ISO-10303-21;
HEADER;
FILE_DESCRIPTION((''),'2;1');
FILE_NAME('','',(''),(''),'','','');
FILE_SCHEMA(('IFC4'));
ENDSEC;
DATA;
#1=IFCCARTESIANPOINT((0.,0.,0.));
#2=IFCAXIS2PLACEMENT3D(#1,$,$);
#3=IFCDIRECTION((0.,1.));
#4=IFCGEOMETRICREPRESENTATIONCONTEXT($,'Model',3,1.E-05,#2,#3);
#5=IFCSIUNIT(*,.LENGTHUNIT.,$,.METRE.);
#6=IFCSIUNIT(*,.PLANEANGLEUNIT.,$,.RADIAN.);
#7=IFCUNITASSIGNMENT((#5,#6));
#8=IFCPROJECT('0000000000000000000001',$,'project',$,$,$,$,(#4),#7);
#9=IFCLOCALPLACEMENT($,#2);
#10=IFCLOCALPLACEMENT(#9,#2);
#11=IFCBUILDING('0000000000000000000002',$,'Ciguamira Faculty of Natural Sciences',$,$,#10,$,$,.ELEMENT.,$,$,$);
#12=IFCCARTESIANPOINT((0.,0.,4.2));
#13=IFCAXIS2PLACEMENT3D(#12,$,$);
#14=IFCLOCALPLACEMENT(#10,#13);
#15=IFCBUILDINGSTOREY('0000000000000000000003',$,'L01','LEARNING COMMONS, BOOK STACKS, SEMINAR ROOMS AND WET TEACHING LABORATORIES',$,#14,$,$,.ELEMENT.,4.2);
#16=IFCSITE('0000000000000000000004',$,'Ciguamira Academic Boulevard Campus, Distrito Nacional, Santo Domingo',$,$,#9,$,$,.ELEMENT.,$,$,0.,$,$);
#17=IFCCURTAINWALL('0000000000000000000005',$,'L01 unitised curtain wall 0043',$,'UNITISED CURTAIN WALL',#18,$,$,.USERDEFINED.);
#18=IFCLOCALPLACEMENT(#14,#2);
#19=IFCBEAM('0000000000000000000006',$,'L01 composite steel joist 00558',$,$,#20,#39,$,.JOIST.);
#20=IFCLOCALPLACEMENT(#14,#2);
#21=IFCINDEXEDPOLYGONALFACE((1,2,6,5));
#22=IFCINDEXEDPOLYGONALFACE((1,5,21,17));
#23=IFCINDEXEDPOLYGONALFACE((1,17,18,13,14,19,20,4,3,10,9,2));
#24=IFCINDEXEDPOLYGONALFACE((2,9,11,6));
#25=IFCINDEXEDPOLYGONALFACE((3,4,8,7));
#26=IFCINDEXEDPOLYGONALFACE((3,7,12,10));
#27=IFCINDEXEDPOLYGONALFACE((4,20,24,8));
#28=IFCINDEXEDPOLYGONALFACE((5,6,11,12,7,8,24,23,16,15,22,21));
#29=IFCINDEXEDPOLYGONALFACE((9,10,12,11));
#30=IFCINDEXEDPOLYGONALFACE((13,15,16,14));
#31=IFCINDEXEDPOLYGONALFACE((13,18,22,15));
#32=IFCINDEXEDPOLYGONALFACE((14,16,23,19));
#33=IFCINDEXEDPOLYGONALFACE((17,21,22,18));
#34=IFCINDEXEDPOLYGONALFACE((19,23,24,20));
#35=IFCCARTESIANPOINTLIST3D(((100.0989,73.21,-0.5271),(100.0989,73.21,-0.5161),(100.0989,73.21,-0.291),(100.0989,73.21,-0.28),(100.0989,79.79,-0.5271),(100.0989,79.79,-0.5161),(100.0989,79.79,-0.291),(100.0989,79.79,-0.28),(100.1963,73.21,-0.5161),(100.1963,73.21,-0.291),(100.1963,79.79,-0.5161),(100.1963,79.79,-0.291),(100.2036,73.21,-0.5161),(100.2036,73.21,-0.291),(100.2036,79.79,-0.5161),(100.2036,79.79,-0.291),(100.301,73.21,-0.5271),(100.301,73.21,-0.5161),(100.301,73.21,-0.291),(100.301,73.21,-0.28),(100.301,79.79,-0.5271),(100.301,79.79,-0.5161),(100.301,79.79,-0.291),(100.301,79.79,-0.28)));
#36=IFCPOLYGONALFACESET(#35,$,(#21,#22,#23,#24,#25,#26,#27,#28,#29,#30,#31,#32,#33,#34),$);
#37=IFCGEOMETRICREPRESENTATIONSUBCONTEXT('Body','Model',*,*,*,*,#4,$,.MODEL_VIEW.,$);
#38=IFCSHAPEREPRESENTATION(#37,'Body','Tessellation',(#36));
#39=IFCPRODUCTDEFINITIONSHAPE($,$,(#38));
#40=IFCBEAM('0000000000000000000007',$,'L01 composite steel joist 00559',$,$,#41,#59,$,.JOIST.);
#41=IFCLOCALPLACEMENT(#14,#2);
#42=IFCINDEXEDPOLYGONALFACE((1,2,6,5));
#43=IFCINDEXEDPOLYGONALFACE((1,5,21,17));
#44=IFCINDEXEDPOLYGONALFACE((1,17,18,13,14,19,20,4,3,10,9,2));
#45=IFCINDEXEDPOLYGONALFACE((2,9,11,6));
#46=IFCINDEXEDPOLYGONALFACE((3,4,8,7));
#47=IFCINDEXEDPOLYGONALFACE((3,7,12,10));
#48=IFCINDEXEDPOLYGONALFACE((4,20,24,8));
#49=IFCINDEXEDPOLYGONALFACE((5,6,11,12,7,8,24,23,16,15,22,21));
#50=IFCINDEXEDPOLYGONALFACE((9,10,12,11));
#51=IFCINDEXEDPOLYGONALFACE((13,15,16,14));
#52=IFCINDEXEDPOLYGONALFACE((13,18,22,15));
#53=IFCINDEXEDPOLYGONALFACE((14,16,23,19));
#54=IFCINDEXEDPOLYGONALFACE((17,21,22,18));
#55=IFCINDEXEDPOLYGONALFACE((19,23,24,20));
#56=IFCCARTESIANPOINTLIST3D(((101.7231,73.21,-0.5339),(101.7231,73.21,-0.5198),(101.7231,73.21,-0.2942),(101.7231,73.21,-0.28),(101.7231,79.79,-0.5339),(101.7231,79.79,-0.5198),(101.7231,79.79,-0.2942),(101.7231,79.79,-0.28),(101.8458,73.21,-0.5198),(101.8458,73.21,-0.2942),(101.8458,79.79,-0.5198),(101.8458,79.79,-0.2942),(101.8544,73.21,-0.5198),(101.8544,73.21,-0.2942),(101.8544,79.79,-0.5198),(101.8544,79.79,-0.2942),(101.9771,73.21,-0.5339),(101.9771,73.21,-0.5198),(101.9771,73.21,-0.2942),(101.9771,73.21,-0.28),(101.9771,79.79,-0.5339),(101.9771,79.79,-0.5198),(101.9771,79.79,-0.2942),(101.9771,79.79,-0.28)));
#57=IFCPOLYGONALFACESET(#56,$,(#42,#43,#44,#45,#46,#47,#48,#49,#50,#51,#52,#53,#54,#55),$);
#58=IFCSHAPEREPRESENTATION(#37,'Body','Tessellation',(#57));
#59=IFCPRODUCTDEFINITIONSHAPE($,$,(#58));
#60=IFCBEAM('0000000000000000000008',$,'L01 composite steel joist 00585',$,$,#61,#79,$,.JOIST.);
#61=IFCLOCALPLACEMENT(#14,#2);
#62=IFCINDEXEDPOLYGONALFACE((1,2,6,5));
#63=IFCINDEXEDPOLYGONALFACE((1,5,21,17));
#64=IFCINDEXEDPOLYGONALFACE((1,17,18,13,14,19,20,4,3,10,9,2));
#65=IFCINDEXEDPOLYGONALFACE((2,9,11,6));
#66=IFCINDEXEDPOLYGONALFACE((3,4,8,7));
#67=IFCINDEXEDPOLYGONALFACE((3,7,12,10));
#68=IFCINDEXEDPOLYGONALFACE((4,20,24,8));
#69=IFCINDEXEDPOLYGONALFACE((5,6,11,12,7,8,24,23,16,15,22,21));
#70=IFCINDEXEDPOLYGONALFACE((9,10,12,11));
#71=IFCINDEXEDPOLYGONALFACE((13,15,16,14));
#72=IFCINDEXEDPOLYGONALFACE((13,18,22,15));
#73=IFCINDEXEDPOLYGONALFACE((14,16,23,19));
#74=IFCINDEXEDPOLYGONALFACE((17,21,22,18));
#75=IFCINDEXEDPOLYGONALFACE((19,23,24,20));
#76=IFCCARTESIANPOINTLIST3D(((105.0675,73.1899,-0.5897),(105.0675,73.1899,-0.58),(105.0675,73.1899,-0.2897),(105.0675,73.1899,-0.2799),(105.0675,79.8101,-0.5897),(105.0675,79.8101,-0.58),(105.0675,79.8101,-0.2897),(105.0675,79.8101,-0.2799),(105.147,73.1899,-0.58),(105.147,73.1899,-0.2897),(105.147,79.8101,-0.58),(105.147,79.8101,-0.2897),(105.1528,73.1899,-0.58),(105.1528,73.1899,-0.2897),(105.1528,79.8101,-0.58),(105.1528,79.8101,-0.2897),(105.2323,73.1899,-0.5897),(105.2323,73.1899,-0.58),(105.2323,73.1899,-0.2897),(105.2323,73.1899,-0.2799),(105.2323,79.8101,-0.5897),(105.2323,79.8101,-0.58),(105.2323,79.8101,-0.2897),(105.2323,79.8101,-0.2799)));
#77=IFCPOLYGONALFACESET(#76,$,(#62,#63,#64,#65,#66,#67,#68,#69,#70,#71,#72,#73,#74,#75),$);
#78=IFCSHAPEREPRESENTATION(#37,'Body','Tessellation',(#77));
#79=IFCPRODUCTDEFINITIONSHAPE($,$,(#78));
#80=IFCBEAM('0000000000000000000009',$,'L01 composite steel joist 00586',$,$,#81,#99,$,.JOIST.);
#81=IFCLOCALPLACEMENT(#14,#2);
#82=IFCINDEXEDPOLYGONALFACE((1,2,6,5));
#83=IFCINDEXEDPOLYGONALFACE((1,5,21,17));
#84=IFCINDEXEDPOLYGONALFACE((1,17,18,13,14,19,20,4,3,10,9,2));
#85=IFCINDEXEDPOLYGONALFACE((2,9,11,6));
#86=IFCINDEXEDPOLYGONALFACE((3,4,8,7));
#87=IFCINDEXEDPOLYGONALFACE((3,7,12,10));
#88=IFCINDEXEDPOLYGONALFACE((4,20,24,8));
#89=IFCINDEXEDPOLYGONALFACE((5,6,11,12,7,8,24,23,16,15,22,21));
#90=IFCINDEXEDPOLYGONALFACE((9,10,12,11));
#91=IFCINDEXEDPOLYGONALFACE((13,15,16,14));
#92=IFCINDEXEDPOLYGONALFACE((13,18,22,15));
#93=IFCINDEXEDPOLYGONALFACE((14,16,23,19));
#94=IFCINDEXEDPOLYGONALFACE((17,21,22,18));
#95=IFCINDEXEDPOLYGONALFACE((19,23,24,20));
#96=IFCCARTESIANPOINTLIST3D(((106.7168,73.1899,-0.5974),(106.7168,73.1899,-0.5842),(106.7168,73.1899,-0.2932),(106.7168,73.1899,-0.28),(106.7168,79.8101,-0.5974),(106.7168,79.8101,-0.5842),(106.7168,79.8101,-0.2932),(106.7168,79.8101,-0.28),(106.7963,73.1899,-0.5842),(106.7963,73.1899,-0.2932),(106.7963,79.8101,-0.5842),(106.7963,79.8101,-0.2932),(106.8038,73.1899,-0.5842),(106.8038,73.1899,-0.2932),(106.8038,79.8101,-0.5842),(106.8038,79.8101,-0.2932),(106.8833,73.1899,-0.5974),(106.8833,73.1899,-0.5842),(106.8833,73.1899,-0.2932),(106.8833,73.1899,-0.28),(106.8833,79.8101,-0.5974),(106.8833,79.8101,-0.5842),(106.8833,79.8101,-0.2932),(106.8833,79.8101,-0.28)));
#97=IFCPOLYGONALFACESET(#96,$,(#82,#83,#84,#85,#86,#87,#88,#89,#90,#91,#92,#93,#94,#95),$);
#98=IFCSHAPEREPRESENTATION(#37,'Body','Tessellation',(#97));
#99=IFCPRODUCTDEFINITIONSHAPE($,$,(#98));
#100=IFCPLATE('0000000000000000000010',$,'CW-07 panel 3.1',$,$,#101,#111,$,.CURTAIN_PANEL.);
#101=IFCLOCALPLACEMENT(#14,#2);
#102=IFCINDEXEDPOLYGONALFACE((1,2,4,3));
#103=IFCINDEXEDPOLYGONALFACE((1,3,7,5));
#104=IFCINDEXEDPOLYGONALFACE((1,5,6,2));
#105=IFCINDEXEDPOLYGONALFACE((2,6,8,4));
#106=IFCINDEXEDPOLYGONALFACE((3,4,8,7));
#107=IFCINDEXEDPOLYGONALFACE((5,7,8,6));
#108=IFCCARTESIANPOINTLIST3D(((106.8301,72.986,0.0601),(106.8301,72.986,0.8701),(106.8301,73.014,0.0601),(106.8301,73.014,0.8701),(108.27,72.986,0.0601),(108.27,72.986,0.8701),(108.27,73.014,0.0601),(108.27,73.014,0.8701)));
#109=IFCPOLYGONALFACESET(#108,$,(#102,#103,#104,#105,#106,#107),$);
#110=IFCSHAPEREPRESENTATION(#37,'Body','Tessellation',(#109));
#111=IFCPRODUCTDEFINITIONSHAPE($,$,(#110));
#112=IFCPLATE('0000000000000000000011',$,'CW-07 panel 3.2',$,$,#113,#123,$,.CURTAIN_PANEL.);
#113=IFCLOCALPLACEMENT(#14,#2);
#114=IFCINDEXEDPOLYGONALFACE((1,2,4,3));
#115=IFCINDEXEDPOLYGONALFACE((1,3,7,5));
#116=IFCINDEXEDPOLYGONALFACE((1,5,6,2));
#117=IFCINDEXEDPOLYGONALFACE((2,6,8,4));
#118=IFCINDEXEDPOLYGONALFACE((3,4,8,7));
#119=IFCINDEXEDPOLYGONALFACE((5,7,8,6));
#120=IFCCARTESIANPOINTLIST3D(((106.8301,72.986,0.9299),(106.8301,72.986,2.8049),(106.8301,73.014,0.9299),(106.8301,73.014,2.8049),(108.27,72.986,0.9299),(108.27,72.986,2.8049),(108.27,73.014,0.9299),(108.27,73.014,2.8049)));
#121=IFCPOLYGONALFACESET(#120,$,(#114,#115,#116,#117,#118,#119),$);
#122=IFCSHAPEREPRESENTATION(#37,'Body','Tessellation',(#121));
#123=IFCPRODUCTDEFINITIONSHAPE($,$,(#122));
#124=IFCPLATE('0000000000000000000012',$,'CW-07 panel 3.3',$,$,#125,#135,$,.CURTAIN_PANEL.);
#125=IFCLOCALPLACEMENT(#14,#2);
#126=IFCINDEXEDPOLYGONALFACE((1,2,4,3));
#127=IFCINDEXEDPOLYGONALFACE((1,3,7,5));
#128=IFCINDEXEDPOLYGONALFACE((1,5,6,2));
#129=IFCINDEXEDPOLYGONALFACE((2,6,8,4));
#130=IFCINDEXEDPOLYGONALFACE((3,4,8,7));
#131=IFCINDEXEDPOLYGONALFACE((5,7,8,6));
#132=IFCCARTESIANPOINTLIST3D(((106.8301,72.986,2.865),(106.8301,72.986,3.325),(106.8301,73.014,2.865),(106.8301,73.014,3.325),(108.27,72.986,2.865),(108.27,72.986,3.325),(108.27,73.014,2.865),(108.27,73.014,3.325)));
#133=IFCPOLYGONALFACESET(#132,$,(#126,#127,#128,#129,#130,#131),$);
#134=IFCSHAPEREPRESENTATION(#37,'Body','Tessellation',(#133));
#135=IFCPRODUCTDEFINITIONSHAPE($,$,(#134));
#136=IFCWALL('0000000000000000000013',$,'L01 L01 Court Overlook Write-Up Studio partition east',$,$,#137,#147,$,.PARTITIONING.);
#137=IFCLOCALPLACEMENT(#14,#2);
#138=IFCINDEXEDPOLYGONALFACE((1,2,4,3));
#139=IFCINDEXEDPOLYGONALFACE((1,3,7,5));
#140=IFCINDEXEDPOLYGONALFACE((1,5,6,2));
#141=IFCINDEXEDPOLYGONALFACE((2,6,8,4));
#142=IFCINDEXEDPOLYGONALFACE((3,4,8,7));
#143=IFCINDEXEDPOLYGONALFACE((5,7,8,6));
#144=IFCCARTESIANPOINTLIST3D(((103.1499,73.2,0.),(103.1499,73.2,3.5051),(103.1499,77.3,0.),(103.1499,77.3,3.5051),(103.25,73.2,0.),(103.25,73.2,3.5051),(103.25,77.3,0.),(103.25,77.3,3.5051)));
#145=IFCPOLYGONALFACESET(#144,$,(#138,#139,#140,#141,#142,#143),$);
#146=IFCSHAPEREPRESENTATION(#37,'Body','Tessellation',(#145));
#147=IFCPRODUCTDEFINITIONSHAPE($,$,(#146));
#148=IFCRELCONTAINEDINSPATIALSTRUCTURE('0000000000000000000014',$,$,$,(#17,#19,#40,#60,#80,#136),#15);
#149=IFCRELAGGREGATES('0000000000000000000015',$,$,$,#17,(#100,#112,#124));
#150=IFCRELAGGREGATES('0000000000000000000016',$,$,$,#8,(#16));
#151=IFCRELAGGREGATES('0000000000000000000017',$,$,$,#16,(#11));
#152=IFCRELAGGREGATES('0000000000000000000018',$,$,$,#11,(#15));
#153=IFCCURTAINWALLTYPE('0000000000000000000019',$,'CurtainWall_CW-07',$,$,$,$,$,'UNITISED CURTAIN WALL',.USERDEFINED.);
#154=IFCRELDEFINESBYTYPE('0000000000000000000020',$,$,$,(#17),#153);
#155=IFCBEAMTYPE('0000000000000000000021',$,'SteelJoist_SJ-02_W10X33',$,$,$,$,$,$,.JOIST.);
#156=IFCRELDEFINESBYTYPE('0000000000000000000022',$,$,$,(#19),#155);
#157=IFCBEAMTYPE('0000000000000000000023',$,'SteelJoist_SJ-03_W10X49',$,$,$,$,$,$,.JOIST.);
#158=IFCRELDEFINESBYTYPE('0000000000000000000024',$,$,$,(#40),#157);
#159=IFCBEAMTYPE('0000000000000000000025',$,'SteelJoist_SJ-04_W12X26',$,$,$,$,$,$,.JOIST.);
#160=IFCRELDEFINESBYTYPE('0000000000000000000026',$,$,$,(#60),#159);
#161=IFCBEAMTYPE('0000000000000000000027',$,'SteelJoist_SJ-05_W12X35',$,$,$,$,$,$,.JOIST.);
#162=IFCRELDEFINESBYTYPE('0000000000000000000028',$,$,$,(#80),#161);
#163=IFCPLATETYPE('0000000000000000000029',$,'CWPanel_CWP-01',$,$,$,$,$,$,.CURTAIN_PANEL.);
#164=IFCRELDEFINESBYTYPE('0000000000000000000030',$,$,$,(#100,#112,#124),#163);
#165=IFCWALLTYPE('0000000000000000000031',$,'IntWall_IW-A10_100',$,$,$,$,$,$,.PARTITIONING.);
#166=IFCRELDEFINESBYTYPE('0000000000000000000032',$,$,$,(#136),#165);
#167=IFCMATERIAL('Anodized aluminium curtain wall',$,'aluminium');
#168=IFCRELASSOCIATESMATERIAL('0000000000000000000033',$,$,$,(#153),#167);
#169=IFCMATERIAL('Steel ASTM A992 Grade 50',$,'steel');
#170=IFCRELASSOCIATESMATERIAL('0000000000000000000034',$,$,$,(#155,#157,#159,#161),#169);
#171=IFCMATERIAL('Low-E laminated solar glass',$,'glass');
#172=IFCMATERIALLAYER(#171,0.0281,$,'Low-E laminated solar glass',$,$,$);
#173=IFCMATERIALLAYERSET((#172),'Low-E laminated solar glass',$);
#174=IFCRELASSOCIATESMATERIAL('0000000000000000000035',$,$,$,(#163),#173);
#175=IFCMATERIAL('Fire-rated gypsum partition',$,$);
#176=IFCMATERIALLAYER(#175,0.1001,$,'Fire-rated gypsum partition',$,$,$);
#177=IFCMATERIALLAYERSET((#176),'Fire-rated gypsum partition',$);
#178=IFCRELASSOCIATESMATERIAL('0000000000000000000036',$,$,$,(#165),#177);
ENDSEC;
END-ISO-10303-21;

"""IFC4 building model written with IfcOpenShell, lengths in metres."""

from ifc_helpers import new_model, si_unit, direction, frame, frame_2d, origin, origin_2d, place, context, subcontext, project, spatial, rectangle, i_section, extrude, material, layer, layer_set, material_profile, profile_set, type_object, element, aggregate, save


model = new_model("IFC4")

# Units and contexts
model_context = context("Model", 3, precision=1e-05, world=origin(), true_north=direction((0.0, 1.0)))
body_context = subcontext(model_context, "Body", "Model", "MODEL_VIEW")
ifc_project = project(units=[si_unit("LENGTHUNIT", "METRE"), si_unit("PLANEANGLEUNIT", "RADIAN")], contexts=[model_context])

# Site, building, storey
site_placement = place(None, origin())
site = spatial("IfcSite", under=ifc_project, at=site_placement, Name="Ciguamira Academic Boulevard Campus, Distrito Nacional, Santo Domingo", CompositionType="ELEMENT", RefElevation=0.0)
building_placement = place(site_placement, origin())
building = spatial("IfcBuilding", under=site, at=building_placement, Name="Ciguamira Faculty of Natural Sciences", CompositionType="ELEMENT")
storey_placement = place(building_placement, frame((0.0, 0.0, 4.2)))
storey = spatial("IfcBuildingStorey", under=building, at=storey_placement, Name="L01", Description="LEARNING COMMONS, BOOK STACKS, SEMINAR ROOMS AND WET TEACHING LABORATORIES", CompositionType="ELEMENT", Elevation=4.2)

# Curtain wall
ifc_material_1 = material(Name="Anodized aluminium curtain wall", Category="aluminium")
curtain_wall_type = type_object("IfcCurtainWallType", Name="CurtainWall_CW-07", ElementType="UNITISED CURTAIN WALL", PredefinedType="USERDEFINED", material=ifc_material_1)
curtain_wall_placement = place(storey_placement, origin())
curtain_wall = element("IfcCurtainWall", 1, at=curtain_wall_placement, inside=storey, type_object=curtain_wall_type, Name="L01 unitised curtain wall 0043", ObjectType="UNITISED CURTAIN WALL", PredefinedType="USERDEFINED")

# Beams
ifc_material_2 = material(Name="Steel ASTM A992 Grade 50", Category="steel")
ifc_material_profile_1 = material_profile(ifc_material_2, i_section(OverallWidth=0.2021, OverallDepth=0.2471, WebThickness=0.0073, FlangeThickness=0.011, at=origin_2d()), Name="W10X33")
ifc_profile_set_1 = profile_set([ifc_material_profile_1], Name="Steel ASTM A992 Grade 50")
beam_type_1 = type_object("IfcBeamType", Name="SteelJoist_SJ-02_W10X33", PredefinedType="JOIST", material=ifc_profile_set_1)
beam_1_placement = place(storey_placement, frame((100.2, 73.21, -0.4036), z_axis=(0.0, 1.0, 0.0), x_axis=(-1.0, 0.0, 0.0)))
element("IfcBeam", 2, at=beam_1_placement, inside=storey, type_object=beam_type_1, Name="L01 composite steel joist 00558", PredefinedType="JOIST", context=body_context, shape_type="SweptSolid", body=[
    extrude(i_section(OverallWidth=0.2021, OverallDepth=0.2471, WebThickness=0.0073, FlangeThickness=0.011, at=origin_2d()), origin(), (0.0, 0.0, 1.0), 6.5801),
])
ifc_material_profile_2 = material_profile(ifc_material_2, i_section(OverallWidth=0.2539, OverallDepth=0.2539, WebThickness=0.0085, FlangeThickness=0.0142, at=origin_2d()), Name="W10X49")
ifc_profile_set_2 = profile_set([ifc_material_profile_2], Name="Steel ASTM A992 Grade 50")
beam_type_2 = type_object("IfcBeamType", Name="SteelJoist_SJ-03_W10X49", PredefinedType="JOIST", material=ifc_profile_set_2)
beam_2_placement = place(storey_placement, frame((101.8501, 73.21, -0.407), z_axis=(0.0, 1.0, 0.0), x_axis=(-1.0, 0.0, 0.0)))
element("IfcBeam", 3, at=beam_2_placement, inside=storey, type_object=beam_type_2, Name="L01 composite steel joist 00559", PredefinedType="JOIST", context=body_context, shape_type="SweptSolid", body=[
    extrude(i_section(OverallWidth=0.2539, OverallDepth=0.2539, WebThickness=0.0085, FlangeThickness=0.0142, at=origin_2d()), origin(), (0.0, 0.0, 1.0), 6.5801),
])
ifc_material_profile_3 = material_profile(ifc_material_2, i_section(OverallWidth=0.1648, OverallDepth=0.3098, WebThickness=0.0059, FlangeThickness=0.0098, at=origin_2d()), Name="W12X26")
ifc_profile_set_3 = profile_set([ifc_material_profile_3], Name="Steel ASTM A992 Grade 50")
beam_type_3 = type_object("IfcBeamType", Name="SteelJoist_SJ-04_W12X26", PredefinedType="JOIST", material=ifc_profile_set_3)
beam_3_placement = place(storey_placement, frame((105.1499, 73.1899, -0.4348), z_axis=(0.0, 1.0, 0.0), x_axis=(-1.0, 0.0, 0.0)))
element("IfcBeam", 4, at=beam_3_placement, inside=storey, type_object=beam_type_3, Name="L01 composite steel joist 00585", PredefinedType="JOIST", context=body_context, shape_type="SweptSolid", body=[
    extrude(i_section(OverallWidth=0.1648, OverallDepth=0.3098, WebThickness=0.0059, FlangeThickness=0.0098, at=origin_2d()), origin(), (0.0, 0.0, 1.0), 6.6201),
])
ifc_material_profile_4 = material_profile(ifc_material_2, i_section(OverallWidth=0.1665, OverallDepth=0.3174, WebThickness=0.0076, FlangeThickness=0.0132, at=origin_2d()), Name="W12X35")
ifc_profile_set_4 = profile_set([ifc_material_profile_4], Name="Steel ASTM A992 Grade 50")
beam_type_4 = type_object("IfcBeamType", Name="SteelJoist_SJ-05_W12X35", PredefinedType="JOIST", material=ifc_profile_set_4)
beam_4_placement = place(storey_placement, frame((106.8, 73.1899, -0.4387), z_axis=(0.0, 1.0, 0.0), x_axis=(-1.0, 0.0, 0.0)))
element("IfcBeam", 5, at=beam_4_placement, inside=storey, type_object=beam_type_4, Name="L01 composite steel joist 00586", PredefinedType="JOIST", context=body_context, shape_type="SweptSolid", body=[
    extrude(i_section(OverallWidth=0.1665, OverallDepth=0.3174, WebThickness=0.0076, FlangeThickness=0.0132, at=origin_2d()), origin(), (0.0, 0.0, 1.0), 6.6201),
])

# Plates
ifc_material_3 = material(Name="Low-E laminated solar glass", Category="glass")
ifc_layer_1 = layer(ifc_material_3, 0.0281, Name="Low-E laminated solar glass")
ifc_layer_set_1 = layer_set([ifc_layer_1], Name="Low-E laminated solar glass")
plate_type = type_object("IfcPlateType", Name="CWPanel_CWP-01", PredefinedType="CURTAIN_PANEL", material=ifc_layer_set_1)
plate_1_placement = place(storey_placement, frame((107.55, 73.0, 0.0601), z_axis=(0.0, 0.0, 1.0), x_axis=(1.0, 0.0, 0.0)))
plate_1 = element("IfcPlate", 6, at=plate_1_placement, type_object=plate_type, Name="CW-07 panel 3.1", PredefinedType="CURTAIN_PANEL", context=body_context, shape_type="SweptSolid", body=[
    extrude(rectangle(XDim=1.4399, YDim=0.0281, at=origin_2d()), origin(), (0.0, 0.0, 1.0), 0.8101),
])
plate_2_placement = place(storey_placement, frame((107.55, 73.0, 0.9299), z_axis=(0.0, 0.0, 1.0), x_axis=(1.0, 0.0, 0.0)))
plate_2 = element("IfcPlate", 7, at=plate_2_placement, type_object=plate_type, Name="CW-07 panel 3.2", PredefinedType="CURTAIN_PANEL", context=body_context, shape_type="SweptSolid", body=[
    extrude(rectangle(XDim=1.4399, YDim=0.0281, at=origin_2d()), origin(), (0.0, 0.0, 1.0), 1.875),
])
plate_3_placement = place(storey_placement, frame((107.55, 73.0, 2.865), z_axis=(0.0, 0.0, 1.0), x_axis=(1.0, 0.0, 0.0)))
plate_3 = element("IfcPlate", 8, at=plate_3_placement, type_object=plate_type, Name="CW-07 panel 3.3", PredefinedType="CURTAIN_PANEL", context=body_context, shape_type="SweptSolid", body=[
    extrude(rectangle(XDim=1.4399, YDim=0.0281, at=origin_2d()), origin(), (0.0, 0.0, 1.0), 0.46),
])
aggregate(curtain_wall, [plate_1, plate_2, plate_3])

# Wall
ifc_material_4 = material(Name="Fire-rated gypsum partition")
ifc_layer_2 = layer(ifc_material_4, 0.1001, Name="Fire-rated gypsum partition")
ifc_layer_set_2 = layer_set([ifc_layer_2], Name="Fire-rated gypsum partition")
wall_type = type_object("IfcWallType", Name="IntWall_IW-A10_100", PredefinedType="PARTITIONING", material=ifc_layer_set_2)
wall_placement = place(storey_placement, frame((103.2, 73.2, 0.0), z_axis=(0.0, 0.0, 1.0), x_axis=(0.0, 1.0, 0.0)))
element("IfcWall", 9, at=wall_placement, inside=storey, type_object=wall_type, Name="L01 L01 Court Overlook Write-Up Studio partition east", PredefinedType="PARTITIONING", context=body_context, shape_type="SweptSolid", body=[
    extrude(rectangle(XDim=4.1001, YDim=0.1001, at=frame_2d((2.05, 0.0))), origin(), (0.0, 0.0, 1.0), 3.5051),
])

save(model, "model.ifc")
